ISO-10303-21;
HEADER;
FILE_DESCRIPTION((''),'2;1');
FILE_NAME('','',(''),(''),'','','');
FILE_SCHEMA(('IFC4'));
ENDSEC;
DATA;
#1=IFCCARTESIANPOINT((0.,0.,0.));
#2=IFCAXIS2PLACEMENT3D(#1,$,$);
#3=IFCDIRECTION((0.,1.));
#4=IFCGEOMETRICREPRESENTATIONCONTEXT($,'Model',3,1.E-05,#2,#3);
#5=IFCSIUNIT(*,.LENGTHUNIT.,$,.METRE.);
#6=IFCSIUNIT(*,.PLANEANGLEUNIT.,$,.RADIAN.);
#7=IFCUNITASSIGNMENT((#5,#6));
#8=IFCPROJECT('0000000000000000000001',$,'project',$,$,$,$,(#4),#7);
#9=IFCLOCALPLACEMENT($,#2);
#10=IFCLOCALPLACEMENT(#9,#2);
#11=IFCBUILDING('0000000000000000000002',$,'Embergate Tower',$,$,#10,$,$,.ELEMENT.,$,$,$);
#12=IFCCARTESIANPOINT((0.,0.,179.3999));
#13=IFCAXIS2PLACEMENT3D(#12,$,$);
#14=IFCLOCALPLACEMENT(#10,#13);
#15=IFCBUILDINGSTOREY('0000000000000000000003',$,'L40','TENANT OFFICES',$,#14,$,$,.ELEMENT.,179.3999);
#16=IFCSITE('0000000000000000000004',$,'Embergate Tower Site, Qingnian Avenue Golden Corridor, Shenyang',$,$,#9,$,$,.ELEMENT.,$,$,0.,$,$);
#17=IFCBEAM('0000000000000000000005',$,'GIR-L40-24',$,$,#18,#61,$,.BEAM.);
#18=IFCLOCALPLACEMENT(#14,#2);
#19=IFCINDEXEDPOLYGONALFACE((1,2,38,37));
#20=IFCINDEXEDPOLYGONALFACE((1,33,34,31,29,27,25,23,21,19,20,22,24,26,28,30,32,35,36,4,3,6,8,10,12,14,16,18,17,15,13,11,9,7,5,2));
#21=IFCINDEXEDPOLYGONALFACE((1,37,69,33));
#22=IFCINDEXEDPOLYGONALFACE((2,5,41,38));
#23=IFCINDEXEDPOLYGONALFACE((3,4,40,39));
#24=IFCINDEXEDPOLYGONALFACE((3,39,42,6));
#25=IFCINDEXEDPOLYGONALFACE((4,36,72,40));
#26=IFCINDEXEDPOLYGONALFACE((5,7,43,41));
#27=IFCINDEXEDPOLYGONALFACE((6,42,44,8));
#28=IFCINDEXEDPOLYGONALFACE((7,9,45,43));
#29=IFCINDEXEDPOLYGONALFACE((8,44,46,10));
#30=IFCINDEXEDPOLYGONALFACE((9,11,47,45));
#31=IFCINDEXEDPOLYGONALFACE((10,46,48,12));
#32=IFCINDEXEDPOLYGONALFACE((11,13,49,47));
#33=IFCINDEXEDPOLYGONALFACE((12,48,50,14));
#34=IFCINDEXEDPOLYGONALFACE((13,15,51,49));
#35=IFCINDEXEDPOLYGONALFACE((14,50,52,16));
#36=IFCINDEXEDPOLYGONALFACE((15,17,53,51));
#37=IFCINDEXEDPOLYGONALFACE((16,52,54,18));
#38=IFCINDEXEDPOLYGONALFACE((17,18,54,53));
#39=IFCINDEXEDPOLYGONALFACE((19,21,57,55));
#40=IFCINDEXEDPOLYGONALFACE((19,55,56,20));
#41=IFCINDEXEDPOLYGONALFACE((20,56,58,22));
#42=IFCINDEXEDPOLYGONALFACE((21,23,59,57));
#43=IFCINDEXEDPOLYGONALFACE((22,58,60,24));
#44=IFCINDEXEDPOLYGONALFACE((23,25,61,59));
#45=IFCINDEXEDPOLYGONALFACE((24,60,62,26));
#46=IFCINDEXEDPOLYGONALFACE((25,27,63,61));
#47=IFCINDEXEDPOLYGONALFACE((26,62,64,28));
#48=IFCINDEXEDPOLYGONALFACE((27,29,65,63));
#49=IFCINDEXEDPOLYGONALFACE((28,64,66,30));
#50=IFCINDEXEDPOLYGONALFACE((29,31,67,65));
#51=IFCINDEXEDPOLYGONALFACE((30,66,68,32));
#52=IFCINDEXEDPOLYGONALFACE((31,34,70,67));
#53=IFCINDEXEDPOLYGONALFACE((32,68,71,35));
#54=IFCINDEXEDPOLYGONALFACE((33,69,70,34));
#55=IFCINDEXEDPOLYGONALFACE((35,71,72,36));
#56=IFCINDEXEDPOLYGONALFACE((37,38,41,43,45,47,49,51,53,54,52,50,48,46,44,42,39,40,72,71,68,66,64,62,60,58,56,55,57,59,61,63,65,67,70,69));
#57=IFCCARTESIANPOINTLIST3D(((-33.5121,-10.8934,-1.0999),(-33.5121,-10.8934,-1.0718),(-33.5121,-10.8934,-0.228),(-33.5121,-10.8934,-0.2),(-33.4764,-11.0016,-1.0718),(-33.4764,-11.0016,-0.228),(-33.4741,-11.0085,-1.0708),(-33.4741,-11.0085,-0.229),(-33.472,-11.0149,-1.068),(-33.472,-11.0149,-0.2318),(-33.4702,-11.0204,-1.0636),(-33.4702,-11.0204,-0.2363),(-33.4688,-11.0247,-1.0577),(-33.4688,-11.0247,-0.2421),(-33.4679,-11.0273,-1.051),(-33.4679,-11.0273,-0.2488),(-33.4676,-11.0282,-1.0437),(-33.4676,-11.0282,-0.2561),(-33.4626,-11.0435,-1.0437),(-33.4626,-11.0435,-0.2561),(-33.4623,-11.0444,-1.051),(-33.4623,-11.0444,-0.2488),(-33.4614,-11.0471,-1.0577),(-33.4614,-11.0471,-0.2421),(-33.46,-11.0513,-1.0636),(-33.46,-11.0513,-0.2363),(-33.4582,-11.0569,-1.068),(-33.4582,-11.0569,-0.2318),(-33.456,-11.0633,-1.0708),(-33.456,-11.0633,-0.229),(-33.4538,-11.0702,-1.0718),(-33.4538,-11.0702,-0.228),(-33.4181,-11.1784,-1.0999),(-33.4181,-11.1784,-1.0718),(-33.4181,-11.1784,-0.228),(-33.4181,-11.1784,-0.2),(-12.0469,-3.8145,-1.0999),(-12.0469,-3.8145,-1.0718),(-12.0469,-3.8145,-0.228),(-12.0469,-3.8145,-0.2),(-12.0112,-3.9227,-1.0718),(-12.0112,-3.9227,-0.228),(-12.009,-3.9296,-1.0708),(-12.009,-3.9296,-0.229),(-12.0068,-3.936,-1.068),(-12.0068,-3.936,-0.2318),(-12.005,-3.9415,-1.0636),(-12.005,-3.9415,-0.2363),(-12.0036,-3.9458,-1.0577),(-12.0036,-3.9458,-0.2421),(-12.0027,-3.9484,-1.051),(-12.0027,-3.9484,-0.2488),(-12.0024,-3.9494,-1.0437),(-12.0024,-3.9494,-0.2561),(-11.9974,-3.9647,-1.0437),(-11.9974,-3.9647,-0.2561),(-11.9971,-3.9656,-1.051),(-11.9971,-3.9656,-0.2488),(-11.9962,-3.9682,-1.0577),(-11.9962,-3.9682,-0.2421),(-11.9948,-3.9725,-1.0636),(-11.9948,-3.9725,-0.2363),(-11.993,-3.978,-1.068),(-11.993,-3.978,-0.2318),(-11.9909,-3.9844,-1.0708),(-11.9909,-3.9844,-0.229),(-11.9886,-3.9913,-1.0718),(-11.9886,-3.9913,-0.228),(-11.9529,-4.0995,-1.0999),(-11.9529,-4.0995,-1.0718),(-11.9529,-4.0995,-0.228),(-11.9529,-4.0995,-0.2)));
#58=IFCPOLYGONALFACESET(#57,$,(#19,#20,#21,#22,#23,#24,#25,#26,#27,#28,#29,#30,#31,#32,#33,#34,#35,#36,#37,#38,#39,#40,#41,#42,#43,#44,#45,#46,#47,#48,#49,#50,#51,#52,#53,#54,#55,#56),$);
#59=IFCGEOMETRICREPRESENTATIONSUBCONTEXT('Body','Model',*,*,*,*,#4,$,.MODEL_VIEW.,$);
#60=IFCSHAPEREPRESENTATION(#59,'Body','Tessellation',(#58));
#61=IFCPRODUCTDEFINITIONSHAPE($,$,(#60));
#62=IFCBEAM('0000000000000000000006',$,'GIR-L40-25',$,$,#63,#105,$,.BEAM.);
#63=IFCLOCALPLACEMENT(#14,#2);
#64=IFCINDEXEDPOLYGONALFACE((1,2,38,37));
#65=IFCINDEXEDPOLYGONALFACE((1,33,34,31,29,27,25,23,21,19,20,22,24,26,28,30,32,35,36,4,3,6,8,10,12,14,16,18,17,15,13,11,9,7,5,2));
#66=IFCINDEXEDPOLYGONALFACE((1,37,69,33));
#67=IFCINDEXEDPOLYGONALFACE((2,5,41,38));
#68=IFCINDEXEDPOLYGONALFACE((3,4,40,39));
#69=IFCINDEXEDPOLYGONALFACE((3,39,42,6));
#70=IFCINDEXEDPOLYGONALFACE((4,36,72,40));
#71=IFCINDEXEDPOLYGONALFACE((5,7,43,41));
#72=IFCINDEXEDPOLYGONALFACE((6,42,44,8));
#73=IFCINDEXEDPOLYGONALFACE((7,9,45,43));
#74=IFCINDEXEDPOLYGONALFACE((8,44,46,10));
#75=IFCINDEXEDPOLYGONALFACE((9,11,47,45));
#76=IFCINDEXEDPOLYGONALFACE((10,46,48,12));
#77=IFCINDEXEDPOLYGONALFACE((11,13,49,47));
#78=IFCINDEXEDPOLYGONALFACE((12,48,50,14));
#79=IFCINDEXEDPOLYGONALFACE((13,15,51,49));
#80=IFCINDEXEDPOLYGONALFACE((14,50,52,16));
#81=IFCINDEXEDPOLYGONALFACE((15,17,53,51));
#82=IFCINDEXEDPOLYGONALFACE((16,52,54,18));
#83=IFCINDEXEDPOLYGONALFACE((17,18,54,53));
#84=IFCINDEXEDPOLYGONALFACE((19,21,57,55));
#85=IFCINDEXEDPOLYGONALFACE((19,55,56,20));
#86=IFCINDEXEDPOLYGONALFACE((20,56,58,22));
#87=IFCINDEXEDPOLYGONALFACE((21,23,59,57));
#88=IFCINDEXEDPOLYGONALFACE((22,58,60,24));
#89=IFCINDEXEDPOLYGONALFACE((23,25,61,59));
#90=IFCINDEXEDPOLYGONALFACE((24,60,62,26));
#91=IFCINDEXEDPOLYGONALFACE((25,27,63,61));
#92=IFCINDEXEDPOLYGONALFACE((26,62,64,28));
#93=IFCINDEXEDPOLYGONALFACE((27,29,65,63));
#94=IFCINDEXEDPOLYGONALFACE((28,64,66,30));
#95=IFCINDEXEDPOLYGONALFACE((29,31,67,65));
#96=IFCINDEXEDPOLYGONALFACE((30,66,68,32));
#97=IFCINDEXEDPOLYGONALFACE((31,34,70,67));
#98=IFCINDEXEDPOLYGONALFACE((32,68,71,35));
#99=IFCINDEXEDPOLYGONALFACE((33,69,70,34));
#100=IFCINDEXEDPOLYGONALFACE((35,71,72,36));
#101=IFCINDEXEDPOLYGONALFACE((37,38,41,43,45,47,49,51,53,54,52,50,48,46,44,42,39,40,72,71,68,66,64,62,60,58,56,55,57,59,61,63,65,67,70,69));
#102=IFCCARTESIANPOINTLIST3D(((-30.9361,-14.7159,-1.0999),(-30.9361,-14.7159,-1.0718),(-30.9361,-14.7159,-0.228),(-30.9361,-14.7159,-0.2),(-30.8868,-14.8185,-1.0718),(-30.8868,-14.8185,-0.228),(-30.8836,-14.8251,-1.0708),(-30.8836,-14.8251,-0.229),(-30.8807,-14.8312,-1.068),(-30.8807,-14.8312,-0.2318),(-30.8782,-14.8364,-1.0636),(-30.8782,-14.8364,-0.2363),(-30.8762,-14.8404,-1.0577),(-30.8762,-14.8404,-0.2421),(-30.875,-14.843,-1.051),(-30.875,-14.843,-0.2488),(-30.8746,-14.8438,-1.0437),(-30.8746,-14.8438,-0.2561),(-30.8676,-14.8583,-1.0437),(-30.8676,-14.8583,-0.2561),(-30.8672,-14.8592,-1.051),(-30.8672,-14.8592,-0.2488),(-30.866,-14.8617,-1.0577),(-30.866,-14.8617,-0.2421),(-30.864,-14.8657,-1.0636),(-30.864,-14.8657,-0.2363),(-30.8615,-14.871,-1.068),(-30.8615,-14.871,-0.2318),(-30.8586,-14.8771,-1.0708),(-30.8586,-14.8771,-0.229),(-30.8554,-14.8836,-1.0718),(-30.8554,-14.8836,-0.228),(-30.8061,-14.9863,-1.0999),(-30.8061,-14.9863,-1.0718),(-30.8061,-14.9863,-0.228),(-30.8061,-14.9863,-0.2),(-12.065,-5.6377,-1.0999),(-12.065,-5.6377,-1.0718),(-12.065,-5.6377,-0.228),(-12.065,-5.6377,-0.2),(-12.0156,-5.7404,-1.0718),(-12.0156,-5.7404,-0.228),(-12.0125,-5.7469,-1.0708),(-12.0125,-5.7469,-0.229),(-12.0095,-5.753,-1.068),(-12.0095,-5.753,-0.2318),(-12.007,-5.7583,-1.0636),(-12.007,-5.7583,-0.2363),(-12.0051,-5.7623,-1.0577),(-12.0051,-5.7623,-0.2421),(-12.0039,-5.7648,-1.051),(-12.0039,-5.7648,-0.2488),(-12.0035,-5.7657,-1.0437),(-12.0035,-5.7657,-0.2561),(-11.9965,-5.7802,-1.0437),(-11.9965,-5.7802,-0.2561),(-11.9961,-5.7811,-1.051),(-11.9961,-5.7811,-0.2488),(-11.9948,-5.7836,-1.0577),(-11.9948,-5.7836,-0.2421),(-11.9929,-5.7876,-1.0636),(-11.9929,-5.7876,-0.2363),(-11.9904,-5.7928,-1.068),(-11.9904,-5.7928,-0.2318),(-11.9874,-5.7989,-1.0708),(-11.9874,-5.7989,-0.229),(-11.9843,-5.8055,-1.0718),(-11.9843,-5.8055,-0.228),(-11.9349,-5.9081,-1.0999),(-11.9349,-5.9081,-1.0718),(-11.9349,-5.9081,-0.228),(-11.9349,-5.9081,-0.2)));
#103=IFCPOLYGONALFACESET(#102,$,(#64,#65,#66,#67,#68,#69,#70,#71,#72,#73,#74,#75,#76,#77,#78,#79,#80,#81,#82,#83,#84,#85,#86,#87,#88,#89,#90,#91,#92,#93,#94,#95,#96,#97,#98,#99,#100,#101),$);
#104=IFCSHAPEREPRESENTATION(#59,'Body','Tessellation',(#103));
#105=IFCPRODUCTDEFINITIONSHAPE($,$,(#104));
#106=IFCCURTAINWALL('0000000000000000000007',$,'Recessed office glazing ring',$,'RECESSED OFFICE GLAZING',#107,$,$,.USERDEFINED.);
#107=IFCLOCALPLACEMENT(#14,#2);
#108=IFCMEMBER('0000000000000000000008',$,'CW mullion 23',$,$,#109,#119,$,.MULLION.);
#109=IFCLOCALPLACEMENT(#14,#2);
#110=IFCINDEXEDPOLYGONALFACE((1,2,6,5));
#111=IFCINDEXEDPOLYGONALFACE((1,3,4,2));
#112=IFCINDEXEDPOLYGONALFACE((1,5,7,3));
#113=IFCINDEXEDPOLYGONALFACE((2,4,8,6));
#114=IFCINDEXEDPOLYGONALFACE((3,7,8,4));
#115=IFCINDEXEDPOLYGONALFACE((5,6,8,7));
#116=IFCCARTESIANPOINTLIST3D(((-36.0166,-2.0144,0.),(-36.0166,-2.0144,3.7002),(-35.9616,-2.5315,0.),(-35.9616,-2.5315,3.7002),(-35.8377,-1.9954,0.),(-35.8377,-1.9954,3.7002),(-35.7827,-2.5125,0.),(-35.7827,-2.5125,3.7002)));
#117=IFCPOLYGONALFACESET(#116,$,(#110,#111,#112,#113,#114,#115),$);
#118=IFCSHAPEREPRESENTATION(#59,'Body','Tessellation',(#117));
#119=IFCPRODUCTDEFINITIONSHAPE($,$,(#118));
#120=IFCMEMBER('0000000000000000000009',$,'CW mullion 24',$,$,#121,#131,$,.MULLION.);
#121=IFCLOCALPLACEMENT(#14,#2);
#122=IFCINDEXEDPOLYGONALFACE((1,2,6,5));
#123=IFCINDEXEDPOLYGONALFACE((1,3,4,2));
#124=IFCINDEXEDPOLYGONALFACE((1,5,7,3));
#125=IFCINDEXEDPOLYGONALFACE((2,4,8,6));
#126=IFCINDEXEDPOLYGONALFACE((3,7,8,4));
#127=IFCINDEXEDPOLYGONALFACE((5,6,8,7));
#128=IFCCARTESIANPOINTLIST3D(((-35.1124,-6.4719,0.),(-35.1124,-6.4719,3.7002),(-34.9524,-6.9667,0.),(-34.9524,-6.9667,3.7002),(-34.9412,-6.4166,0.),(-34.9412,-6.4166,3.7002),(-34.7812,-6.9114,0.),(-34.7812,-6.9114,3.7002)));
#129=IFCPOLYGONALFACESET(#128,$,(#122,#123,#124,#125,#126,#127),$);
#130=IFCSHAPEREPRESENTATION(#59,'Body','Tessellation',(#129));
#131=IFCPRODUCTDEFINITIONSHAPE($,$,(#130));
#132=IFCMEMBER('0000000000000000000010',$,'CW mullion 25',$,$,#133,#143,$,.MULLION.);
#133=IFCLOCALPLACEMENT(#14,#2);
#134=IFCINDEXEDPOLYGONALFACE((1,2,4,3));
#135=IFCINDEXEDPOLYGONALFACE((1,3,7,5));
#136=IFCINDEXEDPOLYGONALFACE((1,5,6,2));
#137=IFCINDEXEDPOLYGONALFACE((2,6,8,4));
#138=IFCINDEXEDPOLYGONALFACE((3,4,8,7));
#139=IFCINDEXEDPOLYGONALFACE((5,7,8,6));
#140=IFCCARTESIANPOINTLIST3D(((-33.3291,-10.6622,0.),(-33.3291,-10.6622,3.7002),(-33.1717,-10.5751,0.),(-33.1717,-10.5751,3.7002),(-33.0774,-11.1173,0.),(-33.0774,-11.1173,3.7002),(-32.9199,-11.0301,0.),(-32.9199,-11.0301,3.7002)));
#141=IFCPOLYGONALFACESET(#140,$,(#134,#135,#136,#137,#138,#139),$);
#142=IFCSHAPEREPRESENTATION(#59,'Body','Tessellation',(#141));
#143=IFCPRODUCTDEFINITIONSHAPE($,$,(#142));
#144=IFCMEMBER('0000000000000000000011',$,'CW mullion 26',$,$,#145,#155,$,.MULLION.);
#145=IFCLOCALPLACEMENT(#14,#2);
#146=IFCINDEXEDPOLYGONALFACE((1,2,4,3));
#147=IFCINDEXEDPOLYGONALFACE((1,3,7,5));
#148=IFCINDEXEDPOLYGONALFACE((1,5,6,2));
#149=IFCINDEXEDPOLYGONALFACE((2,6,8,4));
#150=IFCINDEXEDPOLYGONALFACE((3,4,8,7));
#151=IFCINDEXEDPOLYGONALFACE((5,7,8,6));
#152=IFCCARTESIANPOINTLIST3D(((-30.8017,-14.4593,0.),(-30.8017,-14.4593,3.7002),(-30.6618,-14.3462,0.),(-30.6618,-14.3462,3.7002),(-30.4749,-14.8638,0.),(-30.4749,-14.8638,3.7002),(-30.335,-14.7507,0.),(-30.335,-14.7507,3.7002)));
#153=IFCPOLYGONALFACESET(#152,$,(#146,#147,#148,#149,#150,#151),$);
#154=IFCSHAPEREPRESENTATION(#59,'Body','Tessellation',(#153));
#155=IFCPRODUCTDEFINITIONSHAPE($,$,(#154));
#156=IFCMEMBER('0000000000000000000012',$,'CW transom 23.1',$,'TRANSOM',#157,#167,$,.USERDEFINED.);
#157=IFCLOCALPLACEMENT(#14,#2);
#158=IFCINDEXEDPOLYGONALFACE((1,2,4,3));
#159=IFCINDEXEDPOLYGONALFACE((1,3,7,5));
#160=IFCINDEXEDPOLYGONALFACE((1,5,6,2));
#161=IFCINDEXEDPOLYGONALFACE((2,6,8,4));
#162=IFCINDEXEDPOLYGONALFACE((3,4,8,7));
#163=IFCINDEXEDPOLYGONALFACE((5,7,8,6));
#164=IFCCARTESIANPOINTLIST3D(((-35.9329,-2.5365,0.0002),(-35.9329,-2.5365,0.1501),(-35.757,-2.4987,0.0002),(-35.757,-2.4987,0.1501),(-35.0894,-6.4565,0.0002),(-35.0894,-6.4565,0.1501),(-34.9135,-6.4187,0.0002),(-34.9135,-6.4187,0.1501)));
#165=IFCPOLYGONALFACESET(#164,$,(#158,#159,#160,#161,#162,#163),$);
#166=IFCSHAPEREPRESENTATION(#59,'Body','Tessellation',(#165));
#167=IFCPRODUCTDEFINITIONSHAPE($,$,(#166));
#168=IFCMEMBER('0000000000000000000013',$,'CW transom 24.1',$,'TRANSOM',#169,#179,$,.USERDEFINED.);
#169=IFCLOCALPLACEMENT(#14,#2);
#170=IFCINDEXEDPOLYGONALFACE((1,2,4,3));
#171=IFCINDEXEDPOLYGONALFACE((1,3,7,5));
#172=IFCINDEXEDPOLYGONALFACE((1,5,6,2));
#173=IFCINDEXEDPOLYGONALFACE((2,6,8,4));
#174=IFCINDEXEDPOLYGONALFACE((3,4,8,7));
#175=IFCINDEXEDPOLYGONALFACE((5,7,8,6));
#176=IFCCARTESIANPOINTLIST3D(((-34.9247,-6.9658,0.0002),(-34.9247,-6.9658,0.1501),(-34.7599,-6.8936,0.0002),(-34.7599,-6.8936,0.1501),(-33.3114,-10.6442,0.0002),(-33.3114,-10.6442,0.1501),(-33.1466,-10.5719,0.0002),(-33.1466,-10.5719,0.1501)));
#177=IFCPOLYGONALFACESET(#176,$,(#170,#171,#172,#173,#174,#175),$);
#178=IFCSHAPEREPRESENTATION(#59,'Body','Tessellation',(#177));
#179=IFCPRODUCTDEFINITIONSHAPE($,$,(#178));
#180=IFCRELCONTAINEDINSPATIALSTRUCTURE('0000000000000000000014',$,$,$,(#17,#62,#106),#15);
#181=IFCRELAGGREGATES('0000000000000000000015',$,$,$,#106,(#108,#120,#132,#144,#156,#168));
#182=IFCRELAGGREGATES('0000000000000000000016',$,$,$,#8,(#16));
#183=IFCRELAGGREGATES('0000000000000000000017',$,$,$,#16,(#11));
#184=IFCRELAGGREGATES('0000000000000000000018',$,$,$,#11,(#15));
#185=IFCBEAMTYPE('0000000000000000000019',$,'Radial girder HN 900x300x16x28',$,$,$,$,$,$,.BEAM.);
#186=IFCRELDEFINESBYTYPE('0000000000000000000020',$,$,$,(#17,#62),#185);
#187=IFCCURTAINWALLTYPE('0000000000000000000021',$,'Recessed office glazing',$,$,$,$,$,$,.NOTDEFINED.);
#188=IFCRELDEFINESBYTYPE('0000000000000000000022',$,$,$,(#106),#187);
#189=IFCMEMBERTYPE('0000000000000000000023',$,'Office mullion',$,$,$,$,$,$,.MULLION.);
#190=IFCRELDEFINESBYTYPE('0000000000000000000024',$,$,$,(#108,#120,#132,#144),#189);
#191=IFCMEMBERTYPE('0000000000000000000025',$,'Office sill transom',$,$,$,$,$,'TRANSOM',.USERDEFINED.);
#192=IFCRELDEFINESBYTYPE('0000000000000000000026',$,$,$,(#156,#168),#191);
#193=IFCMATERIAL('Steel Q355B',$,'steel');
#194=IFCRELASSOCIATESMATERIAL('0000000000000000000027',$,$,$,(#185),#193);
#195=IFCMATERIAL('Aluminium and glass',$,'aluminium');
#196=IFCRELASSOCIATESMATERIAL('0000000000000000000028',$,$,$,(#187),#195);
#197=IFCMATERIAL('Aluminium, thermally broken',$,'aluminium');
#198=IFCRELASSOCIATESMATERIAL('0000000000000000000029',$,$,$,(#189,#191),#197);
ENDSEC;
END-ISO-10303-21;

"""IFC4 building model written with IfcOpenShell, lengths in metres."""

from ifc_helpers import new_model, si_unit, direction, frame, origin, origin_2d, place, context, subcontext, project, spatial, rectangle, i_section, extrude, source, transform, mapped, material, material_profile, profile_set, type_object, element, aggregate, save


model = new_model("IFC4")

# Units and contexts
model_context = context("Model", 3, precision=1e-05, world=origin(), true_north=direction((0.0, 1.0)))
body_context = subcontext(model_context, "Body", "Model", "MODEL_VIEW")
ifc_project = project(units=[si_unit("LENGTHUNIT", "METRE"), si_unit("PLANEANGLEUNIT", "RADIAN")], contexts=[model_context])

# Site, building, storey
site_placement = place(None, origin())
site = spatial("IfcSite", under=ifc_project, at=site_placement, Name="Embergate Tower Site, Qingnian Avenue Golden Corridor, Shenyang", CompositionType="ELEMENT", RefElevation=0.0)
building_placement = place(site_placement, origin())
building = spatial("IfcBuilding", under=site, at=building_placement, Name="Embergate Tower", CompositionType="ELEMENT")
storey_placement = place(building_placement, frame((0.0, 0.0, 179.3999)))
storey = spatial("IfcBuildingStorey", under=building, at=storey_placement, Name="L40", Description="TENANT OFFICES", CompositionType="ELEMENT", Elevation=179.3999)

# Beams
ifc_material_1 = material(Name="Steel Q355B", Category="steel")
ifc_material_profile_1 = material_profile(ifc_material_1, i_section(OverallWidth=0.3, OverallDepth=0.8999, WebThickness=0.0161, FlangeThickness=0.0281, FilletRadius=0.0281, at=origin_2d()), Name="HN 900x300x16x28")
ifc_profile_set_1 = profile_set([ifc_material_profile_1], Name="Steel Q355 grade B")
beam_type_1 = type_object("IfcBeamType", Name="Radial girder HN 900x300x16x28", PredefinedType="BEAM", material=ifc_profile_set_1)
shared_shape_1 = source(origin(), body_context, "Body", "SweptSolid", [
    extrude(i_section(OverallWidth=0.3, OverallDepth=0.8999, WebThickness=0.0161, FlangeThickness=0.0281, FilletRadius=0.0281, at=origin_2d()), origin(), (0.0, 0.0, 1.0), 22.6023),
])
beam_1_placement = place(storey_placement, frame((-33.4651, -11.0359, -0.6499), z_axis=(0.949689, 0.313193, 0.0), x_axis=(-0.313193, 0.949689, 0.0)))
element("IfcBeam", 1, at=beam_1_placement, inside=storey, type_object=beam_type_1, Name="GIR-L40-24", PredefinedType="BEAM", context=body_context, shape_type="MappedRepresentation", body=[
    mapped(shared_shape_1, transform((0.0, 0.0, 0.0))),
])
shared_shape_2 = source(origin(), body_context, "Body", "SweptSolid", [
    extrude(i_section(OverallWidth=0.3, OverallDepth=0.8999, WebThickness=0.0161, FlangeThickness=0.0281, FilletRadius=0.0281, at=origin_2d()), origin(), (0.0, 0.0, 1.0), 20.9412),
])
beam_2_placement = place(storey_placement, frame((-30.8711, -14.8511, -0.6499), z_axis=(0.90115, 0.433507, 0.0), x_axis=(-0.433507, 0.90115, 0.0)))
element("IfcBeam", 2, at=beam_2_placement, inside=storey, type_object=beam_type_1, Name="GIR-L40-25", PredefinedType="BEAM", context=body_context, shape_type="MappedRepresentation", body=[
    mapped(shared_shape_2, transform((0.0, 0.0, 0.0))),
])

# Curtain wall, members
ifc_material_2 = material(Name="Aluminium and glass", Category="aluminium")
curtain_wall_type = type_object("IfcCurtainWallType", Name="Recessed office glazing", PredefinedType="NOTDEFINED", material=ifc_material_2)
curtain_wall_placement = place(storey_placement, origin())
curtain_wall = element("IfcCurtainWall", 3, at=curtain_wall_placement, inside=storey, type_object=curtain_wall_type, Name="Recessed office glazing ring", ObjectType="RECESSED OFFICE GLAZING", PredefinedType="USERDEFINED")
ifc_material_3 = material(Name="Aluminium, thermally broken", Category="aluminium")
ifc_material_profile_2 = material_profile(ifc_material_3, rectangle(XDim=0.1799, YDim=0.52, at=origin_2d()), Name="AL 520x180")
ifc_profile_set_2 = profile_set([ifc_material_profile_2], Name="Aluminium, thermally broken")
member_type_1 = type_object("IfcMemberType", Name="Office mullion", PredefinedType="MULLION", material=ifc_profile_set_2)
shared_shape_3 = source(origin(), body_context, "Body", "SweptSolid", [
    extrude(rectangle(XDim=0.1799, YDim=0.52, at=origin_2d()), origin(), (0.0, 0.0, 1.0), 3.7002),
])
member_1_placement = place(storey_placement, frame((-35.8997, -2.2634, 0.0), z_axis=(0.0, 0.0, 1.0), x_axis=(0.994385, 0.105825, 0.0)))
member_1 = element("IfcMember", 4, at=member_1_placement, type_object=member_type_1, Name="CW mullion 23", PredefinedType="MULLION", context=body_context, shape_type="MappedRepresentation", body=[
    mapped(shared_shape_3, transform((0.0, 0.0, 0.0))),
])
member_2_placement = place(storey_placement, frame((-34.9468, -6.6917, 0.0), z_axis=(0.0, 0.0, 1.0), x_axis=(0.951496, 0.307661, 0.0)))
member_2 = element("IfcMember", 5, at=member_2_placement, type_object=member_type_1, Name="CW mullion 24", PredefinedType="MULLION", context=body_context, shape_type="MappedRepresentation", body=[
    mapped(shared_shape_3, transform((0.0, 0.0, 0.0))),
])
member_3_placement = place(storey_placement, frame((-33.1245, -10.8462, 0.0), z_axis=(0.0, 0.0, 1.0), x_axis=(0.874999, 0.484126, 0.0)))
member_3 = element("IfcMember", 6, at=member_3_placement, type_object=member_type_1, Name="CW mullion 25", PredefinedType="MULLION", context=body_context, shape_type="MappedRepresentation", body=[
    mapped(shared_shape_3, transform((0.0, 0.0, 0.0))),
])
member_4_placement = place(storey_placement, frame((-30.5684, -14.605, 0.0), z_axis=(0.0, 0.0, 1.0), x_axis=(0.777867, 0.628429, 0.0)))
member_4 = element("IfcMember", 7, at=member_4_placement, type_object=member_type_1, Name="CW mullion 26", PredefinedType="MULLION", context=body_context, shape_type="MappedRepresentation", body=[
    mapped(shared_shape_3, transform((0.0, 0.0, 0.0))),
])
ifc_material_profile_3 = material_profile(ifc_material_3, rectangle(XDim=0.1799, YDim=0.1499, at=origin_2d()), Name="AL 150x180")
ifc_profile_set_3 = profile_set([ifc_material_profile_3], Name="Aluminium, thermally broken")
member_type_2 = type_object("IfcMemberType", Name="Office sill transom", ElementType="TRANSOM", PredefinedType="USERDEFINED", material=ifc_profile_set_3)
shared_shape_4 = source(origin(), body_context, "Body", "SweptSolid", [
    extrude(rectangle(XDim=0.1799, YDim=0.1499, at=origin_2d()), origin(), (0.0, 0.0, 1.0), 4.0098),
])
member_5_placement = place(storey_placement, frame((-35.845, -2.5176, 0.0752), z_axis=(0.210369, -0.977622, 0.0), x_axis=(0.977622, 0.210369, 0.0)))
member_5 = element("IfcMember", 8, at=member_5_placement, type_object=member_type_2, Name="CW transom 23.1", ObjectType="TRANSOM", PredefinedType="USERDEFINED", context=body_context, shape_type="MappedRepresentation", body=[
    mapped(shared_shape_4, transform((0.0, 0.0, 0.0))),
])
shared_shape_5 = source(origin(), body_context, "Body", "SweptSolid", [
    extrude(rectangle(XDim=0.1799, YDim=0.1499, at=origin_2d()), origin(), (0.0, 0.0, 1.0), 4.0166),
])
member_6_placement = place(storey_placement, frame((-34.8423, -6.9297, 0.0752), z_axis=(0.401645, -0.915796, 0.0), x_axis=(0.915796, 0.401645, 0.0)))
member_6 = element("IfcMember", 9, at=member_6_placement, type_object=member_type_2, Name="CW transom 24.1", ObjectType="TRANSOM", PredefinedType="USERDEFINED", context=body_context, shape_type="MappedRepresentation", body=[
    mapped(shared_shape_5, transform((0.0, 0.0, 0.0))),
])
aggregate(curtain_wall, [member_1, member_2, member_3, member_4, member_5, member_6])

save(model, "model.ifc")
